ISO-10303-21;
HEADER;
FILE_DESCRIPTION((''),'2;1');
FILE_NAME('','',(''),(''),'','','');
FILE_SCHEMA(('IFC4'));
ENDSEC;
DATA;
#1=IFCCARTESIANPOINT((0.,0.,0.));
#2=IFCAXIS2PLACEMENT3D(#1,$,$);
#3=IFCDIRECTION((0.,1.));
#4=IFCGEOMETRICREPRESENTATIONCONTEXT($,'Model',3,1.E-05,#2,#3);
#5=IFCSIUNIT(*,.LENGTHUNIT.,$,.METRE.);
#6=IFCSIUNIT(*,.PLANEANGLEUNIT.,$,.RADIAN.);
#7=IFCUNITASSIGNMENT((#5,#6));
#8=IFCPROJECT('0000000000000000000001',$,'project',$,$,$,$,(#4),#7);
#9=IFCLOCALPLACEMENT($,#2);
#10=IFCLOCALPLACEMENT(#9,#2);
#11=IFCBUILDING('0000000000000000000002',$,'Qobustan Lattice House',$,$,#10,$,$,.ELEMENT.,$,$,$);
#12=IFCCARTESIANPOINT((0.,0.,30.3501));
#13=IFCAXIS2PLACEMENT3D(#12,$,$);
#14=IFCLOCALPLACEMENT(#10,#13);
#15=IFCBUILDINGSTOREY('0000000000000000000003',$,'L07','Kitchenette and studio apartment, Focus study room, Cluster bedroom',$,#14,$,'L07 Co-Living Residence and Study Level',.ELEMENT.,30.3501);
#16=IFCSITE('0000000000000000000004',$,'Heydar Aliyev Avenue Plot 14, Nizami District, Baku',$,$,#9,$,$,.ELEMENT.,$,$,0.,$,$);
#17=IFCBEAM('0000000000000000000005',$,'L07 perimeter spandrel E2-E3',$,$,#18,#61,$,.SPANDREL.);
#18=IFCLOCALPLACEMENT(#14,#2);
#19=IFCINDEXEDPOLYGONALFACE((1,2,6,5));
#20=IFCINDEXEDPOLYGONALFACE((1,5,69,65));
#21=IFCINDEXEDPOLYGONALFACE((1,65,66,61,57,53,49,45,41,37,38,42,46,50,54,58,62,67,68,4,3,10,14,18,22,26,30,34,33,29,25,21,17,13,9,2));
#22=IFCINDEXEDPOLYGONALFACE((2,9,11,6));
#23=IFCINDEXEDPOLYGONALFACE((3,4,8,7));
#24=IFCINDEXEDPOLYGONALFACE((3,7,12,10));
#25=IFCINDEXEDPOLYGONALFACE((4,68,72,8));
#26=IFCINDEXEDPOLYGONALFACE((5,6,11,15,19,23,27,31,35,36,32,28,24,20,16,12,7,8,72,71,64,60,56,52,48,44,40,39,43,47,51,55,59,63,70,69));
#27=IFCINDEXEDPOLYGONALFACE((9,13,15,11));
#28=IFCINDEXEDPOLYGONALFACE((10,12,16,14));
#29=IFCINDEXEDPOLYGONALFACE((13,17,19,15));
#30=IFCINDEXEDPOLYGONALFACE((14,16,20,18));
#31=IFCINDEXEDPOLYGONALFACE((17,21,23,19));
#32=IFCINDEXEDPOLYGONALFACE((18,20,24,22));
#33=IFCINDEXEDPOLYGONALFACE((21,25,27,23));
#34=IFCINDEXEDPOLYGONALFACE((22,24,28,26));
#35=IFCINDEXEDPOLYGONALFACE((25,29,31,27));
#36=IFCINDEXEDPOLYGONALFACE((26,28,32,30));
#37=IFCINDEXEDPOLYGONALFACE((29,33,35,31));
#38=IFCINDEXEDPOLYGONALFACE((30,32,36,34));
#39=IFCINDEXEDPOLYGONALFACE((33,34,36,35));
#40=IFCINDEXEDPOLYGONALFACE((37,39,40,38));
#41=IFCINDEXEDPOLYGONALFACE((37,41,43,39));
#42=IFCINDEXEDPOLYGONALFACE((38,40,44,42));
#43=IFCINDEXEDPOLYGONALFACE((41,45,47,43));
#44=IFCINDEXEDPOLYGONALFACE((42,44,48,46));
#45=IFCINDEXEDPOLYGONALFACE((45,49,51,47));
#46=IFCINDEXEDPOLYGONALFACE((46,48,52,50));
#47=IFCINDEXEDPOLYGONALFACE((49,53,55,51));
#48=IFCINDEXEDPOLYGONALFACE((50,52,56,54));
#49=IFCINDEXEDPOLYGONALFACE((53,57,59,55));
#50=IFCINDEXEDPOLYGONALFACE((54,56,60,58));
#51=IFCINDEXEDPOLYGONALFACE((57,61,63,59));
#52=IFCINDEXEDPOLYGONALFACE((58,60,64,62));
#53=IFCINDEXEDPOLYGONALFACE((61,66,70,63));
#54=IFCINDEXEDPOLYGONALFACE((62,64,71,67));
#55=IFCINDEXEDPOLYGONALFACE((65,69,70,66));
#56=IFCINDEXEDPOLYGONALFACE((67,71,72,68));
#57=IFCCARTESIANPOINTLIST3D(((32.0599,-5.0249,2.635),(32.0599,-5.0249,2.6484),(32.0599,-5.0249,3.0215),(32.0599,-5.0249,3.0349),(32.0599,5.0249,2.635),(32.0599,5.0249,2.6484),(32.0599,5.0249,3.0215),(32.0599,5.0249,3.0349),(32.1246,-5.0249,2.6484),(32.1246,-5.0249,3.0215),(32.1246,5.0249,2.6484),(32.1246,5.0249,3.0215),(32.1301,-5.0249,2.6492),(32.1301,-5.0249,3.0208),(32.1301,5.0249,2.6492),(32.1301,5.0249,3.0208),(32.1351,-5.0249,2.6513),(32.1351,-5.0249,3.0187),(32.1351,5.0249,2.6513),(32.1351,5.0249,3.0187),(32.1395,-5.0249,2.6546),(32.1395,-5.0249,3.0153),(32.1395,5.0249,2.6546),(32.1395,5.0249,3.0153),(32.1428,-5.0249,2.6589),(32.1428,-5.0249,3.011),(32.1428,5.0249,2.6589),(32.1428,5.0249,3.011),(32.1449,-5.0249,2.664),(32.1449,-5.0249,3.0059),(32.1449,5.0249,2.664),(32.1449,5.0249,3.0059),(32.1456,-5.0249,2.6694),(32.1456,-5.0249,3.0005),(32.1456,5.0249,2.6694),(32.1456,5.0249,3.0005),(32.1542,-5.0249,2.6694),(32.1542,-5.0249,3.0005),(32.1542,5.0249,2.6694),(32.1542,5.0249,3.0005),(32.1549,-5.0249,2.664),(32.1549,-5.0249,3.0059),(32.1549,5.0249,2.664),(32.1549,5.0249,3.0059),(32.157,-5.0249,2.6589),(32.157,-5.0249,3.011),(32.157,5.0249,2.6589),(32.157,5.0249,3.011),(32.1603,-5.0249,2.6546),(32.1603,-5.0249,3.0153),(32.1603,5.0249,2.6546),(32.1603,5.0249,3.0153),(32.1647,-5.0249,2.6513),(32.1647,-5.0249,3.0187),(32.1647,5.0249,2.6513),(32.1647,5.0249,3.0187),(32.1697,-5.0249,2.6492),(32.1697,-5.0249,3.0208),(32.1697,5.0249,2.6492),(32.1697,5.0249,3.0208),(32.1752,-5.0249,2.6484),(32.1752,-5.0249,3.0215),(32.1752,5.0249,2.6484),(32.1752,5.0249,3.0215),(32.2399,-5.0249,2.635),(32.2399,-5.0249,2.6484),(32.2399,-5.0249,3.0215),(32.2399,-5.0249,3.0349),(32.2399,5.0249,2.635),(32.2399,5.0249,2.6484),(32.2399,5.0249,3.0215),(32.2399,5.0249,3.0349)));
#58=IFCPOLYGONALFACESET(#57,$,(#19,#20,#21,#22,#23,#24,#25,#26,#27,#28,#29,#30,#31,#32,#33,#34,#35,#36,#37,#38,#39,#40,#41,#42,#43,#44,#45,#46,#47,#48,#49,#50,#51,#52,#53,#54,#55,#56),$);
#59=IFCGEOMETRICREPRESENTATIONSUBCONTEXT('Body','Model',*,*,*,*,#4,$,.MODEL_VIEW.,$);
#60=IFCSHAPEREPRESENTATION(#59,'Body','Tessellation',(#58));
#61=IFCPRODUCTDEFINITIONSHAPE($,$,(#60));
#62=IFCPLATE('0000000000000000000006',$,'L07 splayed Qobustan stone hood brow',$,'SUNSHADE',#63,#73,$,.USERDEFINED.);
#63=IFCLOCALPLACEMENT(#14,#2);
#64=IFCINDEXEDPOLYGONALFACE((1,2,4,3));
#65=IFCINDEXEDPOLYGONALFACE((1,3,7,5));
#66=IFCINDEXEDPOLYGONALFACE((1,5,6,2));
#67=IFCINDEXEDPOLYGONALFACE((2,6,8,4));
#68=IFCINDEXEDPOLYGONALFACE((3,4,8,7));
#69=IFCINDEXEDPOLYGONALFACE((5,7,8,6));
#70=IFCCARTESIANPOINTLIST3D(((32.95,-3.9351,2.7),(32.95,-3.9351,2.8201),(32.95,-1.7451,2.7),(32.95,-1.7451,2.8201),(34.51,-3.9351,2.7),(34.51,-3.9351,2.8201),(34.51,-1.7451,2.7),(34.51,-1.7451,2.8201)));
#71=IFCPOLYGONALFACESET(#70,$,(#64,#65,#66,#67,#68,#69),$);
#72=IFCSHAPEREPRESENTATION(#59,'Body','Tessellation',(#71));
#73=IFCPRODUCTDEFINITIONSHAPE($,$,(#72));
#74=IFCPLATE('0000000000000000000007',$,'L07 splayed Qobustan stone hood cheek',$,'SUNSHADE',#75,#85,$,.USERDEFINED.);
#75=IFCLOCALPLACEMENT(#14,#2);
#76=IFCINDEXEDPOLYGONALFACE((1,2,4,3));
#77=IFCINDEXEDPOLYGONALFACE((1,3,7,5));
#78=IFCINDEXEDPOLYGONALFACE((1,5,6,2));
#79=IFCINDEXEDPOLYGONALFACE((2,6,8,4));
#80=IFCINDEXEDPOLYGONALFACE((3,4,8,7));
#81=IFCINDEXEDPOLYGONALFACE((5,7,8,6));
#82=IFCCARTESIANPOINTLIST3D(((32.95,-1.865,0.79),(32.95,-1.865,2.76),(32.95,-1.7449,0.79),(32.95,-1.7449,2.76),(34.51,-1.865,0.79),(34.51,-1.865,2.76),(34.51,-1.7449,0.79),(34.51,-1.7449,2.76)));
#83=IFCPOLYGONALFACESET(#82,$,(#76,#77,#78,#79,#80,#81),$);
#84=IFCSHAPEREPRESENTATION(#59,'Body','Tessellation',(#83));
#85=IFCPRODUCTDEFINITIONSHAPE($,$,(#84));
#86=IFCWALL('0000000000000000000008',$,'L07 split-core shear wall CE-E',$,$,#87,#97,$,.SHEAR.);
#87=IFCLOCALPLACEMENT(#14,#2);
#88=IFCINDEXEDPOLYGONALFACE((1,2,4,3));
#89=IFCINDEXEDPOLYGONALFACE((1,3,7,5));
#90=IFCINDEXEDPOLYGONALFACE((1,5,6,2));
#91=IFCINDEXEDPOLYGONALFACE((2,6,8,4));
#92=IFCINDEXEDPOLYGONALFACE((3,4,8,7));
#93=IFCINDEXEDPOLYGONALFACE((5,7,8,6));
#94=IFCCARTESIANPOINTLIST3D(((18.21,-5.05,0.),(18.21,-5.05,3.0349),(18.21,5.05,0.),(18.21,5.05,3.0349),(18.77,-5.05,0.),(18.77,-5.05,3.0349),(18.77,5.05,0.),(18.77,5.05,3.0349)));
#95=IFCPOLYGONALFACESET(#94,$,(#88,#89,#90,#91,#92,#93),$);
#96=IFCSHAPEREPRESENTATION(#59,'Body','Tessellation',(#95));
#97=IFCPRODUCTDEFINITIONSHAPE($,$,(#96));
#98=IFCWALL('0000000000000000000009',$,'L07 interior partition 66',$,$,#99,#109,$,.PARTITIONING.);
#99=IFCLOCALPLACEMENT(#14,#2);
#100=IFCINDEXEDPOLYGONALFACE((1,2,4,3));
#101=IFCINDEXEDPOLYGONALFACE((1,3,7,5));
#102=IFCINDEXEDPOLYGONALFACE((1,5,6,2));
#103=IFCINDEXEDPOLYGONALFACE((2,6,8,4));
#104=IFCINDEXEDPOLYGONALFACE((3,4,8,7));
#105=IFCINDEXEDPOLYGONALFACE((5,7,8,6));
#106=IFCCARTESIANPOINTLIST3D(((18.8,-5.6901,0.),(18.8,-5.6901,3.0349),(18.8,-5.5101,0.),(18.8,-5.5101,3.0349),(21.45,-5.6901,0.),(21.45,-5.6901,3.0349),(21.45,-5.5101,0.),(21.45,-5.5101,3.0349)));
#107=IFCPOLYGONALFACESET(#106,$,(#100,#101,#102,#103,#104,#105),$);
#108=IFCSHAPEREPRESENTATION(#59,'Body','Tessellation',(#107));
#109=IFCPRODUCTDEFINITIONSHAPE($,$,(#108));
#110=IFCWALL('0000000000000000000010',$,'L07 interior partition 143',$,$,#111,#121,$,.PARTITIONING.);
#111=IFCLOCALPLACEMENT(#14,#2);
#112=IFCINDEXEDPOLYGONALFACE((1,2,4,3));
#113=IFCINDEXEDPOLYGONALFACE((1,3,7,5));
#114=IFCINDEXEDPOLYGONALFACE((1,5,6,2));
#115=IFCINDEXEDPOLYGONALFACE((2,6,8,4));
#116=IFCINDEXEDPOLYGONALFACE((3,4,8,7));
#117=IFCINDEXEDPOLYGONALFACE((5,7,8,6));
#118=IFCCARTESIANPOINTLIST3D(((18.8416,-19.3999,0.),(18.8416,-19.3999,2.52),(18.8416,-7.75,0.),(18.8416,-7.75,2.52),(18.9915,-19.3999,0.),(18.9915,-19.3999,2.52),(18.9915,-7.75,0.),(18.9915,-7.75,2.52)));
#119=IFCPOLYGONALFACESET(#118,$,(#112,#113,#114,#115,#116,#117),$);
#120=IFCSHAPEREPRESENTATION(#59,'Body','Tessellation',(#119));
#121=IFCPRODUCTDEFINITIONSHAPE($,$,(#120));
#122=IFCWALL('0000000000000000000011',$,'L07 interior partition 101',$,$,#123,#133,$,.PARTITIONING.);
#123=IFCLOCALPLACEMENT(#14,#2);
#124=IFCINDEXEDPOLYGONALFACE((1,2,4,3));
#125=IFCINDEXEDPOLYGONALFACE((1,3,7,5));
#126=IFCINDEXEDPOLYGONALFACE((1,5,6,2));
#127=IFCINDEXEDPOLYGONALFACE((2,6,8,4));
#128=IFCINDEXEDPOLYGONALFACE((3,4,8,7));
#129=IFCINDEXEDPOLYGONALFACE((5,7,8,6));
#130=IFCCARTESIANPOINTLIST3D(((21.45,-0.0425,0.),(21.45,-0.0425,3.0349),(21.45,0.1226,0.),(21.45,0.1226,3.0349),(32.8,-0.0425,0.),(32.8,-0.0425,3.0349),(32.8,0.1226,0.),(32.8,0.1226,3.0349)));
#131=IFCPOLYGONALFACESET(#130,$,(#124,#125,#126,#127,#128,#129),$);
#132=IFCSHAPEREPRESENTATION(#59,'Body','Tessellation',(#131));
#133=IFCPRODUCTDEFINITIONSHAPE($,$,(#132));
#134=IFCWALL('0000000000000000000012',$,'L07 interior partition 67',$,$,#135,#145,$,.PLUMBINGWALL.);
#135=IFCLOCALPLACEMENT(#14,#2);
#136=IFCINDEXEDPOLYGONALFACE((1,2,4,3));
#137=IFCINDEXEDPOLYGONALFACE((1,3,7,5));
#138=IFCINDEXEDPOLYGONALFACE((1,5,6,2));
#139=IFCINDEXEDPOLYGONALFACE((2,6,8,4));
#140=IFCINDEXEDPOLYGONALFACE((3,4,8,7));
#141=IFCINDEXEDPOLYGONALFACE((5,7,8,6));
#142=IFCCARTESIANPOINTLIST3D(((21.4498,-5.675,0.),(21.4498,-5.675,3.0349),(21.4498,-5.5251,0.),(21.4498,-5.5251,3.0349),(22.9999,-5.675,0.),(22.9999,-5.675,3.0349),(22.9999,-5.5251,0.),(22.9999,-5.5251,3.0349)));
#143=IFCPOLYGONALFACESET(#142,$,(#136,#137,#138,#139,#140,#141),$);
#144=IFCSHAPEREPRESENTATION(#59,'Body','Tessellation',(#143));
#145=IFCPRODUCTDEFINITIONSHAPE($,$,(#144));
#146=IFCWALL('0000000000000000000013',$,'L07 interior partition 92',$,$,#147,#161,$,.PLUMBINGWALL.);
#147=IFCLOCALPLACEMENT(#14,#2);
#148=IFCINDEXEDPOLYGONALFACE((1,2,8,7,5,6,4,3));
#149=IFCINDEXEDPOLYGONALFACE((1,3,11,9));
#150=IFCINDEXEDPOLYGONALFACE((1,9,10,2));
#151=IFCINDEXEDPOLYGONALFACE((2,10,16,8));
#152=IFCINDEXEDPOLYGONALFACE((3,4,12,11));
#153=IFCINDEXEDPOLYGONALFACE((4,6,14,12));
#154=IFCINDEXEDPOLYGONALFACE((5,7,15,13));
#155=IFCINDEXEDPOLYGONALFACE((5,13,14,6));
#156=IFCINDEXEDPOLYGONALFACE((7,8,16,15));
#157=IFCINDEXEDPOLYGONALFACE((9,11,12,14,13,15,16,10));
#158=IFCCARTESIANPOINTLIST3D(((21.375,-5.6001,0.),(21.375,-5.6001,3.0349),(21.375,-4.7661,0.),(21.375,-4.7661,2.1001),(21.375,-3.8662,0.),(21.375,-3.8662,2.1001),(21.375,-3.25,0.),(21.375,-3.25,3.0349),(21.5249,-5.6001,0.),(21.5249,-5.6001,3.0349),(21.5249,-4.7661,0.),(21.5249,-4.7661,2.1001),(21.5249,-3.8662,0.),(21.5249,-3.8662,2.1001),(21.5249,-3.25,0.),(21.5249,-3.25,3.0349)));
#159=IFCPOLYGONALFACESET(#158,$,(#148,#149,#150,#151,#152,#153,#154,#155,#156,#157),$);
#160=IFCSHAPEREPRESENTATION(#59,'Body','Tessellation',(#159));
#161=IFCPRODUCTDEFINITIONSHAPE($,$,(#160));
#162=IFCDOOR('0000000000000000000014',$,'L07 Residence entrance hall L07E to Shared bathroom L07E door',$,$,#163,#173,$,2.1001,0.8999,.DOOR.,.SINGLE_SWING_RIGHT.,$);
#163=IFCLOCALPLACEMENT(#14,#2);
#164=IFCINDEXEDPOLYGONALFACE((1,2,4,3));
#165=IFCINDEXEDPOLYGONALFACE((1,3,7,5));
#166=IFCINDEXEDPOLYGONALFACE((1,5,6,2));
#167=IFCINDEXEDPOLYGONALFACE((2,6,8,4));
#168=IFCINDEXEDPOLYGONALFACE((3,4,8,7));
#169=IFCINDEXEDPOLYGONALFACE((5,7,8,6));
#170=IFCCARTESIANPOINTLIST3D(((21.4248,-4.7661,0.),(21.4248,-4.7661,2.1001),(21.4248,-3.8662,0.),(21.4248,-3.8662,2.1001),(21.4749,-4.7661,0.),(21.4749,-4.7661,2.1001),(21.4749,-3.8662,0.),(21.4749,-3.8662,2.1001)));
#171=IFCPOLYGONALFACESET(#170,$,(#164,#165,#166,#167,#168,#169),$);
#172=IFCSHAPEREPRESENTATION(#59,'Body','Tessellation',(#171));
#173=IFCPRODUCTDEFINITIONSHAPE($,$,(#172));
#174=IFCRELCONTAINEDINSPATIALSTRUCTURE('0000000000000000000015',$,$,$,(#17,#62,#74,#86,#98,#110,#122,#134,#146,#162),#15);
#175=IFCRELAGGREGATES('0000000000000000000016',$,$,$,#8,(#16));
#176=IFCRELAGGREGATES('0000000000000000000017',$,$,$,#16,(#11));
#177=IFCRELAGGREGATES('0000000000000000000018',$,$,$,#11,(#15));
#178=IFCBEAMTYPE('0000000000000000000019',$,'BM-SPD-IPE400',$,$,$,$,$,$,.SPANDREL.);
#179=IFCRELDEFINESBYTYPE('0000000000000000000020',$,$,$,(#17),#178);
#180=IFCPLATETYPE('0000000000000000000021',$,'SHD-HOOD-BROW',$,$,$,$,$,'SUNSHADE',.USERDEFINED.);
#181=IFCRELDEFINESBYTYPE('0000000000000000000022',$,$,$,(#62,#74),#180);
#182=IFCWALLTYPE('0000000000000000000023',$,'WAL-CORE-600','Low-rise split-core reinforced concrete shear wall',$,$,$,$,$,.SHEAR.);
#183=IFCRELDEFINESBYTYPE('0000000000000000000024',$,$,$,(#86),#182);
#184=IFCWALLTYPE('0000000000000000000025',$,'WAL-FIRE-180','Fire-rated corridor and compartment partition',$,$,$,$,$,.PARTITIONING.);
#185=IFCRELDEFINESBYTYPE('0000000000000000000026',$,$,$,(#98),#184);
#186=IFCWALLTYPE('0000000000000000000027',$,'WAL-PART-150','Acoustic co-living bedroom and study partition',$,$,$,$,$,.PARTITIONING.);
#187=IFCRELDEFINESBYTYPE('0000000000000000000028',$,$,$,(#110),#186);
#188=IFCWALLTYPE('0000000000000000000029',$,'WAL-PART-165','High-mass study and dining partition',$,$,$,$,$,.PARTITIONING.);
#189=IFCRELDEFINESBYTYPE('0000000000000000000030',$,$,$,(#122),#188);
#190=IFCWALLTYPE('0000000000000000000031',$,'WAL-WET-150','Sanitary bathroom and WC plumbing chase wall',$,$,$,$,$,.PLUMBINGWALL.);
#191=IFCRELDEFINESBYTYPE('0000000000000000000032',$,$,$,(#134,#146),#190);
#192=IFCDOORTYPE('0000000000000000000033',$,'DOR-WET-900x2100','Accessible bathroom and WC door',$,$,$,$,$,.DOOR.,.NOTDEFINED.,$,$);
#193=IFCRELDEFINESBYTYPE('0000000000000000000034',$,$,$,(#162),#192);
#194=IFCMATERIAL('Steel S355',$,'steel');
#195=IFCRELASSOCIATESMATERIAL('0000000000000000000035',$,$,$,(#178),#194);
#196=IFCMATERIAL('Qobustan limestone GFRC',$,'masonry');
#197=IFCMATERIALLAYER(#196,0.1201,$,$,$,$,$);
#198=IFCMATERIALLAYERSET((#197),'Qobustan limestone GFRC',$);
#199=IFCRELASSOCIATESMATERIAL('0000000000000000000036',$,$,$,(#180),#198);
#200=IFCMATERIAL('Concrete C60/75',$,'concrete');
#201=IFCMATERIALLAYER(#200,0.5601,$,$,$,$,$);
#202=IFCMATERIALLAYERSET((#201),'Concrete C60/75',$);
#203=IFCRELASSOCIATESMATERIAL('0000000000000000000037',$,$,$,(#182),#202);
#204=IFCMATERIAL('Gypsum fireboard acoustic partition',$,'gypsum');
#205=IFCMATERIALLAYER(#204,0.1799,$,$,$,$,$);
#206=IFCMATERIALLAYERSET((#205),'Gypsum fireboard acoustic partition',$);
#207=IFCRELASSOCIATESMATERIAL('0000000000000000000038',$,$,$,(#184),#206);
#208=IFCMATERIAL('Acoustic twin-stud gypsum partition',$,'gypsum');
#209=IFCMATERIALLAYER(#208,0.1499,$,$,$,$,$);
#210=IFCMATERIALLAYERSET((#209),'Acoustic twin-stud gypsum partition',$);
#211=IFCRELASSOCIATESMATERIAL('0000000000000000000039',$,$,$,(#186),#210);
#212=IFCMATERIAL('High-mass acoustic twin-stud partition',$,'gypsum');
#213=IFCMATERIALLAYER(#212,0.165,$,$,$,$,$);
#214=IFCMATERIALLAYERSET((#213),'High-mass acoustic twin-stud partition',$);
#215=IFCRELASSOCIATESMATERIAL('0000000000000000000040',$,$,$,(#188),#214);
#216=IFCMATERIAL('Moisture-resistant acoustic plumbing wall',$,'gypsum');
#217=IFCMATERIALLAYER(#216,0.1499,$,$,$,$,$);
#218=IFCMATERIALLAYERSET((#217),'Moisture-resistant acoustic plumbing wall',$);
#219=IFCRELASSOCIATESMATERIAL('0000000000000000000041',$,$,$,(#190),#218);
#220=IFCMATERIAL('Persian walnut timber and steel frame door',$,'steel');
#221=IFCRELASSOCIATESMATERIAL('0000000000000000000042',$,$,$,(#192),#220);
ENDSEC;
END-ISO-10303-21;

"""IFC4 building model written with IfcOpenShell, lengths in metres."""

from ifc_helpers import new_model, si_unit, direction, frame, frame_2d, origin, origin_2d, place, context, subcontext, project, spatial, rectangle, i_section, extrude, material, layer, layer_set, material_profile, profile_set, type_object, element, fill, save


model = new_model("IFC4")

# Units and contexts
model_context = context("Model", 3, precision=1e-05, world=origin(), true_north=direction((0.0, 1.0)))
body_context = subcontext(model_context, "Body", "Model", "MODEL_VIEW")
ifc_project = project(units=[si_unit("LENGTHUNIT", "METRE"), si_unit("PLANEANGLEUNIT", "RADIAN")], contexts=[model_context])

# Site, building, storey
site_placement = place(None, origin())
site = spatial("IfcSite", under=ifc_project, at=site_placement, Name="Heydar Aliyev Avenue Plot 14, Nizami District, Baku", CompositionType="ELEMENT", RefElevation=0.0)
building_placement = place(site_placement, origin())
building = spatial("IfcBuilding", under=site, at=building_placement, Name="Qobustan Lattice House", CompositionType="ELEMENT")
storey_placement = place(building_placement, frame((0.0, 0.0, 30.3501)))
storey = spatial("IfcBuildingStorey", under=building, at=storey_placement, Name="L07", Description="Kitchenette and studio apartment, Focus study room, Cluster bedroom", LongName="L07 Co-Living Residence and Study Level", CompositionType="ELEMENT", Elevation=30.3501)

# Beam
ifc_material_1 = material(Name="Steel S355", Category="steel")
ifc_material_profile_1 = material_profile(ifc_material_1, i_section(OverallWidth=0.1799, OverallDepth=0.3999, WebThickness=0.0085, FlangeThickness=0.0134, FilletRadius=0.021, at=origin_2d()), Name="IPE400")
ifc_profile_set_1 = profile_set([ifc_material_profile_1], Name="Steel S355")
beam_type_1 = type_object("IfcBeamType", Name="BM-SPD-IPE400", PredefinedType="SPANDREL", material=ifc_profile_set_1)
beam_1_placement = place(storey_placement, frame((32.1499, -5.0249, 2.835), z_axis=(0.0, 1.0, 0.0), x_axis=(-1.0, 0.0, 0.0)))
element("IfcBeam", 1, at=beam_1_placement, inside=storey, type_object=beam_type_1, Name="L07 perimeter spandrel E2-E3", PredefinedType="SPANDREL", context=body_context, shape_type="SweptSolid", body=[
    extrude(i_section(OverallWidth=0.1799, OverallDepth=0.3999, WebThickness=0.0085, FlangeThickness=0.0134, FilletRadius=0.021, at=origin_2d()), origin(), (0.0, 0.0, 1.0), 10.0498),
])

# Plates
ifc_material_2 = material(Name="Qobustan limestone GFRC", Category="masonry")
ifc_layer_1 = layer(ifc_material_2, 0.1201)
ifc_layer_set_1 = layer_set([ifc_layer_1], Name="Qobustan limestone GFRC")
plate_type = type_object("IfcPlateType", Name="SHD-HOOD-BROW", ElementType="SUNSHADE", PredefinedType="USERDEFINED", material=ifc_layer_set_1)
plate_1_placement = place(storey_placement, frame((33.73, -2.8401, 2.7), z_axis=(0.0, 0.0, 1.0), x_axis=(0.0, -1.0, 0.0)))
element("IfcPlate", 2, at=plate_1_placement, inside=storey, type_object=plate_type, Name="L07 splayed Qobustan stone hood brow", ObjectType="SUNSHADE", PredefinedType="USERDEFINED", context=body_context, shape_type="SweptSolid", body=[
    extrude(rectangle(XDim=2.1899, YDim=1.5601, at=origin_2d()), origin(), (0.0, 0.0, 1.0), 0.1201),
])
plate_2_placement = place(storey_placement, frame((33.73, -1.8049, 0.79), z_axis=(0.0, 0.0, 1.0), x_axis=(0.0, -1.0, 0.0)))
element("IfcPlate", 3, at=plate_2_placement, inside=storey, type_object=plate_type, Name="L07 splayed Qobustan stone hood cheek", ObjectType="SUNSHADE", PredefinedType="USERDEFINED", context=body_context, shape_type="SweptSolid", body=[
    extrude(rectangle(XDim=0.1201, YDim=1.5601, at=origin_2d()), origin(), (0.0, 0.0, 1.0), 1.97),
])

# Walls
ifc_material_3 = material(Name="Concrete C60/75", Category="concrete")
ifc_layer_2 = layer(ifc_material_3, 0.5601)
ifc_layer_set_2 = layer_set([ifc_layer_2], Name="Concrete C60/75")
wall_type_1 = type_object("IfcWallType", Name="WAL-CORE-600", Description="Low-rise split-core reinforced concrete shear wall", PredefinedType="SHEAR", material=ifc_layer_set_2)
wall_1_placement = place(storey_placement, frame((18.49, -5.05, 0.0), z_axis=(0.0, 0.0, 1.0), x_axis=(0.0, 1.0, 0.0)))
element("IfcWall", 4, at=wall_1_placement, inside=storey, type_object=wall_type_1, Name="L07 split-core shear wall CE-E", PredefinedType="SHEAR", context=body_context, shape_type="SweptSolid", body=[
    extrude(rectangle(XDim=10.1001, YDim=0.5601, at=frame_2d((5.05, 0.0))), origin(), (0.0, 0.0, 1.0), 3.0349),
])
ifc_material_4 = material(Name="Gypsum fireboard acoustic partition", Category="gypsum")
ifc_layer_3 = layer(ifc_material_4, 0.1799)
ifc_layer_set_3 = layer_set([ifc_layer_3], Name="Gypsum fireboard acoustic partition")
wall_type_2 = type_object("IfcWallType", Name="WAL-FIRE-180", Description="Fire-rated corridor and compartment partition", PredefinedType="PARTITIONING", material=ifc_layer_set_3)
wall_2_placement = place(storey_placement, frame((18.8, -5.6001, 0.0), z_axis=(0.0, 0.0, 1.0), x_axis=(1.0, 0.0, 0.0)))
element("IfcWall", 5, at=wall_2_placement, inside=storey, type_object=wall_type_2, Name="L07 interior partition 66", PredefinedType="PARTITIONING", context=body_context, shape_type="SweptSolid", body=[
    extrude(rectangle(XDim=2.6499, YDim=0.1799, at=frame_2d((1.325, 0.0))), origin(), (0.0, 0.0, 1.0), 3.0349),
])

# Shared definitions
ifc_material_5 = material(Name="Acoustic twin-stud gypsum partition", Category="gypsum")
ifc_layer_4 = layer(ifc_material_5, 0.1499)
ifc_layer_set_4 = layer_set([ifc_layer_4], Name="Acoustic twin-stud gypsum partition")
wall_type_3 = type_object("IfcWallType", Name="WAL-PART-150", Description="Acoustic co-living bedroom and study partition", PredefinedType="PARTITIONING", material=ifc_layer_set_4)

# Wall
wall_3_placement = place(storey_placement, frame((18.9165, -7.75, 0.0), z_axis=(0.0, 0.0, 1.0), x_axis=(0.0, -1.0, 0.0)))
element("IfcWall", 6, at=wall_3_placement, inside=storey, type_object=wall_type_3, Name="L07 interior partition 143", PredefinedType="PARTITIONING", context=body_context, shape_type="SweptSolid", body=[
    extrude(rectangle(XDim=11.6499, YDim=0.1499, at=frame_2d((5.825, 0.0))), origin(), (0.0, 0.0, 1.0), 2.52),
])

# Shared definitions
ifc_material_6 = material(Name="High-mass acoustic twin-stud partition", Category="gypsum")
ifc_layer_5 = layer(ifc_material_6, 0.165)
ifc_layer_set_5 = layer_set([ifc_layer_5], Name="High-mass acoustic twin-stud partition")
wall_type_4 = type_object("IfcWallType", Name="WAL-PART-165", Description="High-mass study and dining partition", PredefinedType="PARTITIONING", material=ifc_layer_set_5)

# Walls
wall_4_placement = place(storey_placement, frame((21.45, 0.04, 0.0), z_axis=(0.0, 0.0, 1.0), x_axis=(1.0, 0.0, 0.0)))
element("IfcWall", 7, at=wall_4_placement, inside=storey, type_object=wall_type_4, Name="L07 interior partition 101", PredefinedType="PARTITIONING", context=body_context, shape_type="SweptSolid", body=[
    extrude(rectangle(XDim=11.3501, YDim=0.165, at=frame_2d((5.675, 0.0))), origin(), (0.0, 0.0, 1.0), 3.0349),
])
ifc_material_7 = material(Name="Moisture-resistant acoustic plumbing wall", Category="gypsum")
ifc_layer_6 = layer(ifc_material_7, 0.1499)
ifc_layer_set_6 = layer_set([ifc_layer_6], Name="Moisture-resistant acoustic plumbing wall")
wall_type_5 = type_object("IfcWallType", Name="WAL-WET-150", Description="Sanitary bathroom and WC plumbing chase wall", PredefinedType="PLUMBINGWALL", material=ifc_layer_set_6)
wall_5_placement = place(storey_placement, frame((21.45, -5.6001, 0.0), z_axis=(0.0, 0.0, 1.0), x_axis=(1.0, 0.0, 0.0)))
element("IfcWall", 8, at=wall_5_placement, inside=storey, type_object=wall_type_5, Name="L07 interior partition 67", PredefinedType="PLUMBINGWALL", context=body_context, shape_type="SweptSolid", body=[
    extrude(rectangle(XDim=1.55, YDim=0.1499, at=frame_2d((0.7749, 0.0))), origin(), (0.0, 0.0, 1.0), 3.0349),
])

# Wall, opening, door
wall_6_placement = place(storey_placement, frame((21.45, -3.25, 0.0), z_axis=(0.0, 0.0, 1.0), x_axis=(0.0, -1.0, 0.0)))
wall_6 = element("IfcWall", 9, at=wall_6_placement, inside=storey, type_object=wall_type_5, Name="L07 interior partition 92", PredefinedType="PLUMBINGWALL", context=body_context, shape_type="SweptSolid", body=[
    extrude(rectangle(XDim=2.3501, YDim=0.1499, at=frame_2d((1.175, 0.0))), origin(), (0.0, 0.0, 1.0), 3.0349),
])
opening_1_placement = place(wall_6_placement, frame((0.6162, 0.0, 0.0)))
opening_1 = element("IfcOpeningElement", 10, at=opening_1_placement, cuts=wall_6, PredefinedType="OPENING", context=body_context, shape_type="SweptSolid", body=[
    extrude(rectangle(XDim=0.8999, YDim=2.1001, at=frame_2d((0.45, 1.05))), frame((0.0, 0.085, 0.0), z_axis=(0.0, -1.0, 0.0), x_axis=(1.0, 0.0, 0.0)), (0.0, 0.0, 1.0), 0.1699),
])
ifc_material_8 = material(Name="Persian walnut timber and steel frame door", Category="steel")
door_type_1 = type_object("IfcDoorType", Name="DOR-WET-900x2100", Description="Accessible bathroom and WC door", OperationType="NOTDEFINED", PredefinedType="DOOR", material=ifc_material_8)
door_1_placement = place(opening_1_placement, origin())
door_1 = element("IfcDoor", 11, at=door_1_placement, inside=storey, type_object=door_type_1, Name="L07 Residence entrance hall L07E to Shared bathroom L07E door", OperationType="SINGLE_SWING_RIGHT", OverallHeight=2.1001, OverallWidth=0.8999, PredefinedType="DOOR", context=body_context, shape_type="SweptSolid", body=[
    extrude(rectangle(XDim=0.8999, YDim=2.1001, at=frame_2d((0.45, 1.05))), frame((0.0, 0.0249, 0.0), z_axis=(0.0, -1.0, 0.0), x_axis=(1.0, 0.0, 0.0)), (0.0, 0.0, 1.0), 0.05),
])
fill(opening_1, door_1)

save(model, "model.ifc")
